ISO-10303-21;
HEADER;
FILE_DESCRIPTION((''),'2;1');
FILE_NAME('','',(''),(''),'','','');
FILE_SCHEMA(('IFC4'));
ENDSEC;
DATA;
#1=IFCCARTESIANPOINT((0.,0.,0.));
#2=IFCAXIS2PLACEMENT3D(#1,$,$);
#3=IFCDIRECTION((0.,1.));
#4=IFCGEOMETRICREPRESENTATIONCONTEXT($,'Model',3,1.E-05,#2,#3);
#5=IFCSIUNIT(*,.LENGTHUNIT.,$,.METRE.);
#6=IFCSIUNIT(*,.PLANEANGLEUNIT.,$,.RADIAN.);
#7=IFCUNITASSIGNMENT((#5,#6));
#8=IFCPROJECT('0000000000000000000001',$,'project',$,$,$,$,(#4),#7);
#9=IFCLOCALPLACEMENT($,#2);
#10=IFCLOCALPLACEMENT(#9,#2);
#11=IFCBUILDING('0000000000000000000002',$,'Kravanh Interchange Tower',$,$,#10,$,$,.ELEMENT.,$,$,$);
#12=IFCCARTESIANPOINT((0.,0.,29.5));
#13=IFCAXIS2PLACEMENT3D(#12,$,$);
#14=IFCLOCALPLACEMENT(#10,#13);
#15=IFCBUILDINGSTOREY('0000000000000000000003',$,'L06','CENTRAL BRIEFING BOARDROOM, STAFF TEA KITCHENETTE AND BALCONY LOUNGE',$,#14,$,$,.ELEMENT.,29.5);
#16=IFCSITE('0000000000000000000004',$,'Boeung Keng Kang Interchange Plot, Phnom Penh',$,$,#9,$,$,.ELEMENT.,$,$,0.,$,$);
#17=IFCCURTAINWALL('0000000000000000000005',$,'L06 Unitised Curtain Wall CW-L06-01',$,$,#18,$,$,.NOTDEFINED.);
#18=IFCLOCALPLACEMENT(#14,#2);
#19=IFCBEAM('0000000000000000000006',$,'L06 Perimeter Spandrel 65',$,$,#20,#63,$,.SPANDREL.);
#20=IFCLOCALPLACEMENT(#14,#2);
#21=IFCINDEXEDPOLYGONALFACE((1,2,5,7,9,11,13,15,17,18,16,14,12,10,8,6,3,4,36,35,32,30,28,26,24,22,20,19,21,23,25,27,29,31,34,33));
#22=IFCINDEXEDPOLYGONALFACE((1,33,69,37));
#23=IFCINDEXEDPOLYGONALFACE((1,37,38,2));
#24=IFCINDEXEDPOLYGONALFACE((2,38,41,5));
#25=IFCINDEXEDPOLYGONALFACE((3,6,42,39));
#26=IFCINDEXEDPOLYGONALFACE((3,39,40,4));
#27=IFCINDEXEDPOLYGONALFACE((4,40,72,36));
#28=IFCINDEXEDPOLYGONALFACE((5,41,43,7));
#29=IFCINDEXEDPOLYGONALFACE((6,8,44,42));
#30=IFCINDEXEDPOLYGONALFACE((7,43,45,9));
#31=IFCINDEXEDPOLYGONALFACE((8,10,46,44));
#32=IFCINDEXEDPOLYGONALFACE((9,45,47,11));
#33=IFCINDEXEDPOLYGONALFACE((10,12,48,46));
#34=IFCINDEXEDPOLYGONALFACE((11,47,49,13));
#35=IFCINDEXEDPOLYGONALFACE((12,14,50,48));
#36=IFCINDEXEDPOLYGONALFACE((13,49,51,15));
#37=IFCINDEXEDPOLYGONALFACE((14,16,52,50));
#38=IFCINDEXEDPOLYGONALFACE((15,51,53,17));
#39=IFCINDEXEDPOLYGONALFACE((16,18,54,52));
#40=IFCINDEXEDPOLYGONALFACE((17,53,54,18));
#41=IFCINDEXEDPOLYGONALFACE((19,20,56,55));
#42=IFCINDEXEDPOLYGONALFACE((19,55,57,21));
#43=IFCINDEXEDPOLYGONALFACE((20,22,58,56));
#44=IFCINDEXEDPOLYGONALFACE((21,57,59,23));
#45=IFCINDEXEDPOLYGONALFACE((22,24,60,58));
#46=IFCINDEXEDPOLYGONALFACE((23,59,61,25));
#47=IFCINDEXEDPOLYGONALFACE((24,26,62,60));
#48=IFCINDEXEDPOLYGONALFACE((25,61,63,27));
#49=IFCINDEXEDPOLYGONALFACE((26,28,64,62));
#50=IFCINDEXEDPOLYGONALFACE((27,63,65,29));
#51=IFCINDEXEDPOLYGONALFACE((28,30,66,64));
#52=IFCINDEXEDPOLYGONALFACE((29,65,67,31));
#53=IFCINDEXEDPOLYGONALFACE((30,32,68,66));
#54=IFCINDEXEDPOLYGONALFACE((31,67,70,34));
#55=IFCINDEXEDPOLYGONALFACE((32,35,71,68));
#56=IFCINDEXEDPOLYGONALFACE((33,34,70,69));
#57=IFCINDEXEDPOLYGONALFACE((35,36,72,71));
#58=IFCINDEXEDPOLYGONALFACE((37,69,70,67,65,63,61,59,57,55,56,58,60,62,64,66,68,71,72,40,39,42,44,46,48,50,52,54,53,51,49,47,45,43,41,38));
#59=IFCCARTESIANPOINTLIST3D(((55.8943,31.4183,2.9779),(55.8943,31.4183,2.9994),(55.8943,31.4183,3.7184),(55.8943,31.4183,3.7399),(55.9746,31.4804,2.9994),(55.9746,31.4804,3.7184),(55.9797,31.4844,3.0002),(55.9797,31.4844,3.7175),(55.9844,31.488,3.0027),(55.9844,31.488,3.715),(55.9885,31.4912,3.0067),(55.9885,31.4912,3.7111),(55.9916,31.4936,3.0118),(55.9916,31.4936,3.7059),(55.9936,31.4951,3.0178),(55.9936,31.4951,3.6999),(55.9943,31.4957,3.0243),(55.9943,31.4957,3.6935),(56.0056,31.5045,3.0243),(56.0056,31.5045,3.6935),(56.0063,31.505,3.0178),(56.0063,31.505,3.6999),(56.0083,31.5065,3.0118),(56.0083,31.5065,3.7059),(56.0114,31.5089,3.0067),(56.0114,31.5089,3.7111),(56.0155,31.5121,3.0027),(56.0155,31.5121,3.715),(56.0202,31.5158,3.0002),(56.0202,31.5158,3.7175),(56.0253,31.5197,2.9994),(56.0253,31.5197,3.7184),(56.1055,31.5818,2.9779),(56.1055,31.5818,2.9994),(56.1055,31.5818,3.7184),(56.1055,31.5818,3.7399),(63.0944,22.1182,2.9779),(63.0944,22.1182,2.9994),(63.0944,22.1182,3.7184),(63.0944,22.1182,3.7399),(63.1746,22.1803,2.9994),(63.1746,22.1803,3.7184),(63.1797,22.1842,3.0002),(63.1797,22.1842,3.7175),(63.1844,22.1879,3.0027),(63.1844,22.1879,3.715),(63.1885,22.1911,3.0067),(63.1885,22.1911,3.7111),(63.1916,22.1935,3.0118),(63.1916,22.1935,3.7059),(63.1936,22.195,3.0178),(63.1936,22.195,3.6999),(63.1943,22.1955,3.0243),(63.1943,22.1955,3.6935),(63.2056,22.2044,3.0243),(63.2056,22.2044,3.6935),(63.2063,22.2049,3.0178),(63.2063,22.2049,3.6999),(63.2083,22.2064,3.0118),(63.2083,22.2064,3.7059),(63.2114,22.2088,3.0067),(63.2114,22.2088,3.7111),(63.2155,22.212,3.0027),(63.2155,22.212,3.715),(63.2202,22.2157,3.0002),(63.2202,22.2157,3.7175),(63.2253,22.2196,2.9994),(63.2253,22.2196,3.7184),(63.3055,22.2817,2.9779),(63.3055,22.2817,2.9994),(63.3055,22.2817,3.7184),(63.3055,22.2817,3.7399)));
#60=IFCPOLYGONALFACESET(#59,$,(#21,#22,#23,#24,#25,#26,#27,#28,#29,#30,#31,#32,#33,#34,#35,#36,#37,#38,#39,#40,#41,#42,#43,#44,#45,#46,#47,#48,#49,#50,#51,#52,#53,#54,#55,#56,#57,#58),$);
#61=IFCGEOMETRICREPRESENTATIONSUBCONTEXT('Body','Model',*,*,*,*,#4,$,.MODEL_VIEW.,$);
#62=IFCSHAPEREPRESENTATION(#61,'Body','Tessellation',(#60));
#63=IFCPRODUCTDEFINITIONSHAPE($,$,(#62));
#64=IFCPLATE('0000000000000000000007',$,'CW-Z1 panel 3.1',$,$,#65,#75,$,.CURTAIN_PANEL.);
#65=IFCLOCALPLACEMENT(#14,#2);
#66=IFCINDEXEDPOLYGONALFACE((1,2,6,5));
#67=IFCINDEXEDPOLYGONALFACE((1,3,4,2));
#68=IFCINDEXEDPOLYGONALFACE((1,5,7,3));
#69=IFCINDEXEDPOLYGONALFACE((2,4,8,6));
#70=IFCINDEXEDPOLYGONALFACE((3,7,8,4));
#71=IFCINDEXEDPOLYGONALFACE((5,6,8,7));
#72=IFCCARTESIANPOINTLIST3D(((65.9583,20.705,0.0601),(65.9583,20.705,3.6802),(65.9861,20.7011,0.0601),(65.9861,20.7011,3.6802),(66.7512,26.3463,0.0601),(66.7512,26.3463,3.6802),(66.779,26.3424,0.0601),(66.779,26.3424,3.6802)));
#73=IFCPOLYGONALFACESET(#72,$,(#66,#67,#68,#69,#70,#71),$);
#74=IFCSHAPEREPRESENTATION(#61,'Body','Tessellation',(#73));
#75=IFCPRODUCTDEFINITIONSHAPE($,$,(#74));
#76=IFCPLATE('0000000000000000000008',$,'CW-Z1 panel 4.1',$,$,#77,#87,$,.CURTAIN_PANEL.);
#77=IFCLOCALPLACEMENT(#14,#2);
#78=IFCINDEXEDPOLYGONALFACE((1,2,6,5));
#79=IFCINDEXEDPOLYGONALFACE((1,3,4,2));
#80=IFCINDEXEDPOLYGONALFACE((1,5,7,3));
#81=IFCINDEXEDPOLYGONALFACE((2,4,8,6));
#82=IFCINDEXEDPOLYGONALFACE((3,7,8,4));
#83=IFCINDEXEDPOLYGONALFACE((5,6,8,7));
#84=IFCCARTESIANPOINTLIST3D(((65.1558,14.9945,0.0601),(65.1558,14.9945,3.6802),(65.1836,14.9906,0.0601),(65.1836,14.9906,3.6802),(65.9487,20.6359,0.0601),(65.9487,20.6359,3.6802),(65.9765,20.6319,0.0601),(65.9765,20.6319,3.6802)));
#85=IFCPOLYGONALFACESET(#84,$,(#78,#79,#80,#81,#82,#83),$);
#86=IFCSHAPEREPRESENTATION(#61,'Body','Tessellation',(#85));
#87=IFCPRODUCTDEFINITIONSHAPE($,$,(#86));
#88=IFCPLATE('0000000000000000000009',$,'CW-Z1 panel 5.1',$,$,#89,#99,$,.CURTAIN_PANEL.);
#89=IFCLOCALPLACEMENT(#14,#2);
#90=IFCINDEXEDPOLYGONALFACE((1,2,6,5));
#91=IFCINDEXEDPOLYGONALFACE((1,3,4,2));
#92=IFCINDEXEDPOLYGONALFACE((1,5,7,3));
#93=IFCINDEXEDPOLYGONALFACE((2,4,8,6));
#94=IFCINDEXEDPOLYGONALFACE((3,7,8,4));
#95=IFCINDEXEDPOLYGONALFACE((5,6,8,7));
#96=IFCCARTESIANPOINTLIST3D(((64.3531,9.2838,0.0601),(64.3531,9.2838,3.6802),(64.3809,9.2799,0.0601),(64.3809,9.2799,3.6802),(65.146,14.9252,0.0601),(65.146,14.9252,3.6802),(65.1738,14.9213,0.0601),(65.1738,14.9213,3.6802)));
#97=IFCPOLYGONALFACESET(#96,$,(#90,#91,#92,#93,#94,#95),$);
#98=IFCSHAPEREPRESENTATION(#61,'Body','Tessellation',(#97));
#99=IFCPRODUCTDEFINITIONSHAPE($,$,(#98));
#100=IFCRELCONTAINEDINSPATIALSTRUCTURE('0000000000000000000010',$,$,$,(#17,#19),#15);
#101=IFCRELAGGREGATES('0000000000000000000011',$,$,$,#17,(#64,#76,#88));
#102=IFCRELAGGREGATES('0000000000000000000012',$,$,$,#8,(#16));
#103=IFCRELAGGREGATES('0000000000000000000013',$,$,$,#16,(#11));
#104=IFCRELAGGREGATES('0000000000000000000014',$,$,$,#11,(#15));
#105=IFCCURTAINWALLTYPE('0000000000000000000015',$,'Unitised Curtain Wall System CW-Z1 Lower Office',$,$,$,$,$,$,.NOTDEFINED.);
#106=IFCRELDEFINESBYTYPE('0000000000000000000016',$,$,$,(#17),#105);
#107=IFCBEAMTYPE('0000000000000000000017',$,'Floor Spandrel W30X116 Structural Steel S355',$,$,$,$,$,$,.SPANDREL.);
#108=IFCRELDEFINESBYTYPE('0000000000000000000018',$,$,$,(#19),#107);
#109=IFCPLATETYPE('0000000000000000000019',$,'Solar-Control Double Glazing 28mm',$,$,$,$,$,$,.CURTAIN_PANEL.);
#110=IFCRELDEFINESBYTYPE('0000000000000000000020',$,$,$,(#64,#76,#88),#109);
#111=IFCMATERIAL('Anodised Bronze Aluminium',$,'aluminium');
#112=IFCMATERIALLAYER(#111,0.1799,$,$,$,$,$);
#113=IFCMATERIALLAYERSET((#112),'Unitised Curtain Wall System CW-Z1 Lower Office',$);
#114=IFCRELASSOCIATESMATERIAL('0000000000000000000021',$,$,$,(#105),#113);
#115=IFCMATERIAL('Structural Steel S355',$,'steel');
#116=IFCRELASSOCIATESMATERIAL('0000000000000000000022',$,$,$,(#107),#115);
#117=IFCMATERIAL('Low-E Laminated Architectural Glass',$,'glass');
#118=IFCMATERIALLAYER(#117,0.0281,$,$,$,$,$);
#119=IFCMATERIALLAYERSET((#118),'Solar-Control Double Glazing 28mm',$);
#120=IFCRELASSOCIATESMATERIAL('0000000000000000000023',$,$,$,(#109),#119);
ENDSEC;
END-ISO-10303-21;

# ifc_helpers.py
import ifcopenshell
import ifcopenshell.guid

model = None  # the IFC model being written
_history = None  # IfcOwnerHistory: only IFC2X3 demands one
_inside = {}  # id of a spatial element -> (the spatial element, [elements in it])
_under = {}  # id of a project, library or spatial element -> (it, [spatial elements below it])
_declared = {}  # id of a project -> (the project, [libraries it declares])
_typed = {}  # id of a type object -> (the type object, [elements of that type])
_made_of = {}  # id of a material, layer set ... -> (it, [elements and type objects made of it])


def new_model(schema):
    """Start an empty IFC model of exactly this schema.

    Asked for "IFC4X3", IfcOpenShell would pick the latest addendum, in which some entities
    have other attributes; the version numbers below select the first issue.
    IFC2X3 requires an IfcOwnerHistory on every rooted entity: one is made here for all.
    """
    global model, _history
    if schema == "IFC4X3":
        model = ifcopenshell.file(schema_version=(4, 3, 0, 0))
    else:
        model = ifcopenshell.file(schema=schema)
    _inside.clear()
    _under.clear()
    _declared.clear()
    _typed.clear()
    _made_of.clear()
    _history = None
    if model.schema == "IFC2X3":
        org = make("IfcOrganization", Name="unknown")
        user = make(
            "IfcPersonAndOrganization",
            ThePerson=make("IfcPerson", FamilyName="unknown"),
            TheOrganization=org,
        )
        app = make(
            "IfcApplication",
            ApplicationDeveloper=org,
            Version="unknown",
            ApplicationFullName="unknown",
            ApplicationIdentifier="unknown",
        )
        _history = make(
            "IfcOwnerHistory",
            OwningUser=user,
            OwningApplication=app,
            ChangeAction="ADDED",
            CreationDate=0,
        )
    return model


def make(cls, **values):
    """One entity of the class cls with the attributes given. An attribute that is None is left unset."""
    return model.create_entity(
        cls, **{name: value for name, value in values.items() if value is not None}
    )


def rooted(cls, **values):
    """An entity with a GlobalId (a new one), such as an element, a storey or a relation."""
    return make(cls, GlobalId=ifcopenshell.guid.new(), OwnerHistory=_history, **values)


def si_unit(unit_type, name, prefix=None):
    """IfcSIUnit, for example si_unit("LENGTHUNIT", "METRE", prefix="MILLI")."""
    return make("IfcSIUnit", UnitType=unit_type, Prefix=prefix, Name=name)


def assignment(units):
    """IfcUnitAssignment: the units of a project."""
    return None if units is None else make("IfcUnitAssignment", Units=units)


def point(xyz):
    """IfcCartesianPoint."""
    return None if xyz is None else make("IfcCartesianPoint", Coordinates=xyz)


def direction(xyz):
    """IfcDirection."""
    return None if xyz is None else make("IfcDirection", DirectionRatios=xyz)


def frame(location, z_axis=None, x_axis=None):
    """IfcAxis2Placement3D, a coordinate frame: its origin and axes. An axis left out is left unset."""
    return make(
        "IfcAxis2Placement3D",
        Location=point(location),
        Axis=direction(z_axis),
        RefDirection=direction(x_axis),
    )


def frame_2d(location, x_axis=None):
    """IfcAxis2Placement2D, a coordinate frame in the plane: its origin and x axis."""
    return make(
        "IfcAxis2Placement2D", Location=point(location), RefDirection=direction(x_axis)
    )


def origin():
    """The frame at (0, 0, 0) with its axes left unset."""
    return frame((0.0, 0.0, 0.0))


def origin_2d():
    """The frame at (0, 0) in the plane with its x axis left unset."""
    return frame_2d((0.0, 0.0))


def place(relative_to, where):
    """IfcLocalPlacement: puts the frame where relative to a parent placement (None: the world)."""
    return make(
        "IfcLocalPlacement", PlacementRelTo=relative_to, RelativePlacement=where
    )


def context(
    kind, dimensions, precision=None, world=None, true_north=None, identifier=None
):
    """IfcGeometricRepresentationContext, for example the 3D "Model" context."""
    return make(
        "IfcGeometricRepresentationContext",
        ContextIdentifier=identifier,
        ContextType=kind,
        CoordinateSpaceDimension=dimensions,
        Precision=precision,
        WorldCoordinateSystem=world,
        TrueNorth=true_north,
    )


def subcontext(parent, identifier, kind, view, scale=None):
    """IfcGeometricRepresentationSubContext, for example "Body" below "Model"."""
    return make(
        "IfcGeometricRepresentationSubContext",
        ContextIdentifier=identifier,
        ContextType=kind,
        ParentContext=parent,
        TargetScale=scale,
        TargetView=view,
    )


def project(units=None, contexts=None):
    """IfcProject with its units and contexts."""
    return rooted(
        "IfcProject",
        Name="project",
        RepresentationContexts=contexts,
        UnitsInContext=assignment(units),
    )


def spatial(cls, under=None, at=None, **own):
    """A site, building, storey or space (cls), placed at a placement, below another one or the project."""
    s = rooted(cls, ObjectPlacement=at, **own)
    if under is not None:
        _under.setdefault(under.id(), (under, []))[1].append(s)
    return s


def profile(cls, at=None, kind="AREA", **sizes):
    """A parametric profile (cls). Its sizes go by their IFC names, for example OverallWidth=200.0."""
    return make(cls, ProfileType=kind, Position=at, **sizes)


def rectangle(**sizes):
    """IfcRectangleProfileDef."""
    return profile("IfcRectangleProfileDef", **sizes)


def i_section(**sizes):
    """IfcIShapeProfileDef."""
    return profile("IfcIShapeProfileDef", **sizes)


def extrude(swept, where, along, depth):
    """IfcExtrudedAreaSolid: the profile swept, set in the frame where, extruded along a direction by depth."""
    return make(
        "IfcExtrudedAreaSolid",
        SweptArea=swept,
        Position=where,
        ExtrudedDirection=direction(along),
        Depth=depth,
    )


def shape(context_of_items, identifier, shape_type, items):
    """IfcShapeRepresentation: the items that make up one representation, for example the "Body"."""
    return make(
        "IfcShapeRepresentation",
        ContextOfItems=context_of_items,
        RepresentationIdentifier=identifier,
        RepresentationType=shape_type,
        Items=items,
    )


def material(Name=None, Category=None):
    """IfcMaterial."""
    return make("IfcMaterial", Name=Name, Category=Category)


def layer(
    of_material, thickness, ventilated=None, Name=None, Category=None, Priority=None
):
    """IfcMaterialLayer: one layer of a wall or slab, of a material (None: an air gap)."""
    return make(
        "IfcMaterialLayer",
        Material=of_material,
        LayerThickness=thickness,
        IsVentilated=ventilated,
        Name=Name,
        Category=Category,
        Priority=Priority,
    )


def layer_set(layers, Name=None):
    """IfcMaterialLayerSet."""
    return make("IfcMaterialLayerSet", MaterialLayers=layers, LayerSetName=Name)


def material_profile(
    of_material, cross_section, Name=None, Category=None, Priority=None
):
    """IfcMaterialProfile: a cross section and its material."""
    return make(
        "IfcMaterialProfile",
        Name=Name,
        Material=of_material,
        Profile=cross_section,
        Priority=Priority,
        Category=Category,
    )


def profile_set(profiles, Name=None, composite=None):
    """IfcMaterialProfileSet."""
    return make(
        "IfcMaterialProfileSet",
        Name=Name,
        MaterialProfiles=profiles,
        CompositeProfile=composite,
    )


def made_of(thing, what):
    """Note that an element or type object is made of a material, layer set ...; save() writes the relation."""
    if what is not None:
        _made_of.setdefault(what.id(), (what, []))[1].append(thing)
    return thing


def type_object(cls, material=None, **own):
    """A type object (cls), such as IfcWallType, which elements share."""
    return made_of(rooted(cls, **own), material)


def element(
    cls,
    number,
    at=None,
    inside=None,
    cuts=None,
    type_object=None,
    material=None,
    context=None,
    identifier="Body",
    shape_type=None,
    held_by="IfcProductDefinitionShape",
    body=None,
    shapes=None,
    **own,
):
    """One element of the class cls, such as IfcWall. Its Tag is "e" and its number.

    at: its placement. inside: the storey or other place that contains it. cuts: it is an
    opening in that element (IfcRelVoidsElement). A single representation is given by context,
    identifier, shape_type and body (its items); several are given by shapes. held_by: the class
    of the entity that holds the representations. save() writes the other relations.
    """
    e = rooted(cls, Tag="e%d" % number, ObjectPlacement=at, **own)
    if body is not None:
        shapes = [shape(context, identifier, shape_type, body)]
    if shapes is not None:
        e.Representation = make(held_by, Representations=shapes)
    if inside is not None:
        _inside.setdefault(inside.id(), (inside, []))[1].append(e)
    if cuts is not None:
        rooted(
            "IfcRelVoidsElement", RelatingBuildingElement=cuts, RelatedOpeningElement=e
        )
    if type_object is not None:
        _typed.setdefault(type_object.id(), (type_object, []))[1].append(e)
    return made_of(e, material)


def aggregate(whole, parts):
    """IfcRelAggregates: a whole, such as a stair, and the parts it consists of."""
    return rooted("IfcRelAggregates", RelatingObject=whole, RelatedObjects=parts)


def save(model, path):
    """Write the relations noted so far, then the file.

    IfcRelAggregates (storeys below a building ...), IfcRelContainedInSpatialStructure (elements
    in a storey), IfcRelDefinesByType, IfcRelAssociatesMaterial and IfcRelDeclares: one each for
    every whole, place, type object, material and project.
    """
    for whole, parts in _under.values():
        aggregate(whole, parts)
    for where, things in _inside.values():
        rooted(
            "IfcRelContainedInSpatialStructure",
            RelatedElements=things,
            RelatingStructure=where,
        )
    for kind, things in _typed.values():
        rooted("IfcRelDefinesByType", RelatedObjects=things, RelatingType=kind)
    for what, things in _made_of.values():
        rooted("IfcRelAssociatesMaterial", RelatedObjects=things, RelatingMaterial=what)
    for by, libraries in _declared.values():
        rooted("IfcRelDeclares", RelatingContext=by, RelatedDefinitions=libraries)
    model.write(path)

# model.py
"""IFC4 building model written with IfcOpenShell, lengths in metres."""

from ifc_helpers import new_model, si_unit, direction, frame, origin, origin_2d, place, context, subcontext, project, spatial, rectangle, i_section, extrude, material, layer, layer_set, material_profile, profile_set, type_object, element, aggregate, save


model = new_model("IFC4")

# Units and contexts
model_context = context("Model", 3, precision=1e-05, world=origin(), true_north=direction((0.0, 1.0)))
body_context = subcontext(model_context, "Body", "Model", "MODEL_VIEW")
ifc_project = project(units=[si_unit("LENGTHUNIT", "METRE"), si_unit("PLANEANGLEUNIT", "RADIAN")], contexts=[model_context])

# Site, building, storey
site_placement = place(None, origin())
site = spatial("IfcSite", under=ifc_project, at=site_placement, Name="Boeung Keng Kang Interchange Plot, Phnom Penh", CompositionType="ELEMENT", RefElevation=0.0)
building_placement = place(site_placement, origin())
building = spatial("IfcBuilding", under=site, at=building_placement, Name="Kravanh Interchange Tower", CompositionType="ELEMENT")
storey_placement = place(building_placement, frame((0.0, 0.0, 29.5)))
storey = spatial("IfcBuildingStorey", under=building, at=storey_placement, Name="L06", Description="CENTRAL BRIEFING BOARDROOM, STAFF TEA KITCHENETTE AND BALCONY LOUNGE", CompositionType="ELEMENT", Elevation=29.5)

# Curtain wall
ifc_material_1 = material(Name="Anodised Bronze Aluminium", Category="aluminium")
ifc_layer_1 = layer(ifc_material_1, 0.1799)
ifc_layer_set_1 = layer_set([ifc_layer_1], Name="Unitised Curtain Wall System CW-Z1 Lower Office")
curtain_wall_type = type_object("IfcCurtainWallType", Name="Unitised Curtain Wall System CW-Z1 Lower Office", PredefinedType="NOTDEFINED", material=ifc_layer_set_1)
curtain_wall_placement = place(storey_placement, origin())
curtain_wall = element("IfcCurtainWall", 1, at=curtain_wall_placement, inside=storey, type_object=curtain_wall_type, Name="L06 Unitised Curtain Wall CW-L06-01", PredefinedType="NOTDEFINED")

# Beam
ifc_material_2 = material(Name="Structural Steel S355", Category="steel")
ifc_material_profile_1 = material_profile(ifc_material_2, i_section(OverallWidth=0.2671, OverallDepth=0.762, WebThickness=0.0144, FlangeThickness=0.0215, FilletRadius=0.0249, at=origin_2d()), Name="W30X116")
ifc_profile_set_1 = profile_set([ifc_material_profile_1], Name="Structural Steel S355")
beam_type_1 = type_object("IfcBeamType", Name="Floor Spandrel W30X116 Structural Steel S355", PredefinedType="SPANDREL", material=ifc_profile_set_1)
beam_1_placement = place(storey_placement, frame((63.2, 22.2, 3.3589), z_axis=(-0.612169, 0.790727, 0.0), x_axis=(-0.790727, -0.612169, 0.0)))
element("IfcBeam", 2, at=beam_1_placement, inside=storey, type_object=beam_type_1, Name="L06 Perimeter Spandrel 65", PredefinedType="SPANDREL", context=body_context, shape_type="SweptSolid", body=[
    extrude(i_section(OverallWidth=0.2671, OverallDepth=0.762, WebThickness=0.0144, FlangeThickness=0.0215, FilletRadius=0.0249, at=origin_2d()), origin(), (0.0, 0.0, 1.0), 11.7615),
])

# Plates
ifc_material_3 = material(Name="Low-E Laminated Architectural Glass", Category="glass")
ifc_layer_2 = layer(ifc_material_3, 0.0281)
ifc_layer_set_2 = layer_set([ifc_layer_2], Name="Solar-Control Double Glazing 28mm")
plate_type = type_object("IfcPlateType", Name="Solar-Control Double Glazing 28mm", PredefinedType="CURTAIN_PANEL", material=ifc_layer_set_2)
plate_1_placement = place(storey_placement, frame((66.3687, 23.5237, 0.0601), z_axis=(0.0, 0.0, 1.0), x_axis=(-0.139177, -0.990268, 0.0)))
plate_1 = element("IfcPlate", 3, at=plate_1_placement, type_object=plate_type, Name="CW-Z1 panel 3.1", PredefinedType="CURTAIN_PANEL", context=body_context, shape_type="SweptSolid", body=[
    extrude(rectangle(XDim=5.6968, YDim=0.0281, at=origin_2d()), origin(), (0.0, 0.0, 1.0), 3.6201),
])
plate_2_placement = place(storey_placement, frame((65.5662, 17.8132, 0.0601), z_axis=(0.0, 0.0, 1.0), x_axis=(-0.139177, -0.990268, 0.0)))
plate_2 = element("IfcPlate", 4, at=plate_2_placement, type_object=plate_type, Name="CW-Z1 panel 4.1", PredefinedType="CURTAIN_PANEL", context=body_context, shape_type="SweptSolid", body=[
    extrude(rectangle(XDim=5.6968, YDim=0.0281, at=origin_2d()), origin(), (0.0, 0.0, 1.0), 3.6201),
])
plate_3_placement = place(storey_placement, frame((64.7634, 12.1025, 0.0601), z_axis=(0.0, 0.0, 1.0), x_axis=(-0.139177, -0.990268, 0.0)))
plate_3 = element("IfcPlate", 5, at=plate_3_placement, type_object=plate_type, Name="CW-Z1 panel 5.1", PredefinedType="CURTAIN_PANEL", context=body_context, shape_type="SweptSolid", body=[
    extrude(rectangle(XDim=5.6968, YDim=0.0281, at=origin_2d()), origin(), (0.0, 0.0, 1.0), 3.6201),
])
aggregate(curtain_wall, [plate_1, plate_2, plate_3])

save(model, "model.ifc")
